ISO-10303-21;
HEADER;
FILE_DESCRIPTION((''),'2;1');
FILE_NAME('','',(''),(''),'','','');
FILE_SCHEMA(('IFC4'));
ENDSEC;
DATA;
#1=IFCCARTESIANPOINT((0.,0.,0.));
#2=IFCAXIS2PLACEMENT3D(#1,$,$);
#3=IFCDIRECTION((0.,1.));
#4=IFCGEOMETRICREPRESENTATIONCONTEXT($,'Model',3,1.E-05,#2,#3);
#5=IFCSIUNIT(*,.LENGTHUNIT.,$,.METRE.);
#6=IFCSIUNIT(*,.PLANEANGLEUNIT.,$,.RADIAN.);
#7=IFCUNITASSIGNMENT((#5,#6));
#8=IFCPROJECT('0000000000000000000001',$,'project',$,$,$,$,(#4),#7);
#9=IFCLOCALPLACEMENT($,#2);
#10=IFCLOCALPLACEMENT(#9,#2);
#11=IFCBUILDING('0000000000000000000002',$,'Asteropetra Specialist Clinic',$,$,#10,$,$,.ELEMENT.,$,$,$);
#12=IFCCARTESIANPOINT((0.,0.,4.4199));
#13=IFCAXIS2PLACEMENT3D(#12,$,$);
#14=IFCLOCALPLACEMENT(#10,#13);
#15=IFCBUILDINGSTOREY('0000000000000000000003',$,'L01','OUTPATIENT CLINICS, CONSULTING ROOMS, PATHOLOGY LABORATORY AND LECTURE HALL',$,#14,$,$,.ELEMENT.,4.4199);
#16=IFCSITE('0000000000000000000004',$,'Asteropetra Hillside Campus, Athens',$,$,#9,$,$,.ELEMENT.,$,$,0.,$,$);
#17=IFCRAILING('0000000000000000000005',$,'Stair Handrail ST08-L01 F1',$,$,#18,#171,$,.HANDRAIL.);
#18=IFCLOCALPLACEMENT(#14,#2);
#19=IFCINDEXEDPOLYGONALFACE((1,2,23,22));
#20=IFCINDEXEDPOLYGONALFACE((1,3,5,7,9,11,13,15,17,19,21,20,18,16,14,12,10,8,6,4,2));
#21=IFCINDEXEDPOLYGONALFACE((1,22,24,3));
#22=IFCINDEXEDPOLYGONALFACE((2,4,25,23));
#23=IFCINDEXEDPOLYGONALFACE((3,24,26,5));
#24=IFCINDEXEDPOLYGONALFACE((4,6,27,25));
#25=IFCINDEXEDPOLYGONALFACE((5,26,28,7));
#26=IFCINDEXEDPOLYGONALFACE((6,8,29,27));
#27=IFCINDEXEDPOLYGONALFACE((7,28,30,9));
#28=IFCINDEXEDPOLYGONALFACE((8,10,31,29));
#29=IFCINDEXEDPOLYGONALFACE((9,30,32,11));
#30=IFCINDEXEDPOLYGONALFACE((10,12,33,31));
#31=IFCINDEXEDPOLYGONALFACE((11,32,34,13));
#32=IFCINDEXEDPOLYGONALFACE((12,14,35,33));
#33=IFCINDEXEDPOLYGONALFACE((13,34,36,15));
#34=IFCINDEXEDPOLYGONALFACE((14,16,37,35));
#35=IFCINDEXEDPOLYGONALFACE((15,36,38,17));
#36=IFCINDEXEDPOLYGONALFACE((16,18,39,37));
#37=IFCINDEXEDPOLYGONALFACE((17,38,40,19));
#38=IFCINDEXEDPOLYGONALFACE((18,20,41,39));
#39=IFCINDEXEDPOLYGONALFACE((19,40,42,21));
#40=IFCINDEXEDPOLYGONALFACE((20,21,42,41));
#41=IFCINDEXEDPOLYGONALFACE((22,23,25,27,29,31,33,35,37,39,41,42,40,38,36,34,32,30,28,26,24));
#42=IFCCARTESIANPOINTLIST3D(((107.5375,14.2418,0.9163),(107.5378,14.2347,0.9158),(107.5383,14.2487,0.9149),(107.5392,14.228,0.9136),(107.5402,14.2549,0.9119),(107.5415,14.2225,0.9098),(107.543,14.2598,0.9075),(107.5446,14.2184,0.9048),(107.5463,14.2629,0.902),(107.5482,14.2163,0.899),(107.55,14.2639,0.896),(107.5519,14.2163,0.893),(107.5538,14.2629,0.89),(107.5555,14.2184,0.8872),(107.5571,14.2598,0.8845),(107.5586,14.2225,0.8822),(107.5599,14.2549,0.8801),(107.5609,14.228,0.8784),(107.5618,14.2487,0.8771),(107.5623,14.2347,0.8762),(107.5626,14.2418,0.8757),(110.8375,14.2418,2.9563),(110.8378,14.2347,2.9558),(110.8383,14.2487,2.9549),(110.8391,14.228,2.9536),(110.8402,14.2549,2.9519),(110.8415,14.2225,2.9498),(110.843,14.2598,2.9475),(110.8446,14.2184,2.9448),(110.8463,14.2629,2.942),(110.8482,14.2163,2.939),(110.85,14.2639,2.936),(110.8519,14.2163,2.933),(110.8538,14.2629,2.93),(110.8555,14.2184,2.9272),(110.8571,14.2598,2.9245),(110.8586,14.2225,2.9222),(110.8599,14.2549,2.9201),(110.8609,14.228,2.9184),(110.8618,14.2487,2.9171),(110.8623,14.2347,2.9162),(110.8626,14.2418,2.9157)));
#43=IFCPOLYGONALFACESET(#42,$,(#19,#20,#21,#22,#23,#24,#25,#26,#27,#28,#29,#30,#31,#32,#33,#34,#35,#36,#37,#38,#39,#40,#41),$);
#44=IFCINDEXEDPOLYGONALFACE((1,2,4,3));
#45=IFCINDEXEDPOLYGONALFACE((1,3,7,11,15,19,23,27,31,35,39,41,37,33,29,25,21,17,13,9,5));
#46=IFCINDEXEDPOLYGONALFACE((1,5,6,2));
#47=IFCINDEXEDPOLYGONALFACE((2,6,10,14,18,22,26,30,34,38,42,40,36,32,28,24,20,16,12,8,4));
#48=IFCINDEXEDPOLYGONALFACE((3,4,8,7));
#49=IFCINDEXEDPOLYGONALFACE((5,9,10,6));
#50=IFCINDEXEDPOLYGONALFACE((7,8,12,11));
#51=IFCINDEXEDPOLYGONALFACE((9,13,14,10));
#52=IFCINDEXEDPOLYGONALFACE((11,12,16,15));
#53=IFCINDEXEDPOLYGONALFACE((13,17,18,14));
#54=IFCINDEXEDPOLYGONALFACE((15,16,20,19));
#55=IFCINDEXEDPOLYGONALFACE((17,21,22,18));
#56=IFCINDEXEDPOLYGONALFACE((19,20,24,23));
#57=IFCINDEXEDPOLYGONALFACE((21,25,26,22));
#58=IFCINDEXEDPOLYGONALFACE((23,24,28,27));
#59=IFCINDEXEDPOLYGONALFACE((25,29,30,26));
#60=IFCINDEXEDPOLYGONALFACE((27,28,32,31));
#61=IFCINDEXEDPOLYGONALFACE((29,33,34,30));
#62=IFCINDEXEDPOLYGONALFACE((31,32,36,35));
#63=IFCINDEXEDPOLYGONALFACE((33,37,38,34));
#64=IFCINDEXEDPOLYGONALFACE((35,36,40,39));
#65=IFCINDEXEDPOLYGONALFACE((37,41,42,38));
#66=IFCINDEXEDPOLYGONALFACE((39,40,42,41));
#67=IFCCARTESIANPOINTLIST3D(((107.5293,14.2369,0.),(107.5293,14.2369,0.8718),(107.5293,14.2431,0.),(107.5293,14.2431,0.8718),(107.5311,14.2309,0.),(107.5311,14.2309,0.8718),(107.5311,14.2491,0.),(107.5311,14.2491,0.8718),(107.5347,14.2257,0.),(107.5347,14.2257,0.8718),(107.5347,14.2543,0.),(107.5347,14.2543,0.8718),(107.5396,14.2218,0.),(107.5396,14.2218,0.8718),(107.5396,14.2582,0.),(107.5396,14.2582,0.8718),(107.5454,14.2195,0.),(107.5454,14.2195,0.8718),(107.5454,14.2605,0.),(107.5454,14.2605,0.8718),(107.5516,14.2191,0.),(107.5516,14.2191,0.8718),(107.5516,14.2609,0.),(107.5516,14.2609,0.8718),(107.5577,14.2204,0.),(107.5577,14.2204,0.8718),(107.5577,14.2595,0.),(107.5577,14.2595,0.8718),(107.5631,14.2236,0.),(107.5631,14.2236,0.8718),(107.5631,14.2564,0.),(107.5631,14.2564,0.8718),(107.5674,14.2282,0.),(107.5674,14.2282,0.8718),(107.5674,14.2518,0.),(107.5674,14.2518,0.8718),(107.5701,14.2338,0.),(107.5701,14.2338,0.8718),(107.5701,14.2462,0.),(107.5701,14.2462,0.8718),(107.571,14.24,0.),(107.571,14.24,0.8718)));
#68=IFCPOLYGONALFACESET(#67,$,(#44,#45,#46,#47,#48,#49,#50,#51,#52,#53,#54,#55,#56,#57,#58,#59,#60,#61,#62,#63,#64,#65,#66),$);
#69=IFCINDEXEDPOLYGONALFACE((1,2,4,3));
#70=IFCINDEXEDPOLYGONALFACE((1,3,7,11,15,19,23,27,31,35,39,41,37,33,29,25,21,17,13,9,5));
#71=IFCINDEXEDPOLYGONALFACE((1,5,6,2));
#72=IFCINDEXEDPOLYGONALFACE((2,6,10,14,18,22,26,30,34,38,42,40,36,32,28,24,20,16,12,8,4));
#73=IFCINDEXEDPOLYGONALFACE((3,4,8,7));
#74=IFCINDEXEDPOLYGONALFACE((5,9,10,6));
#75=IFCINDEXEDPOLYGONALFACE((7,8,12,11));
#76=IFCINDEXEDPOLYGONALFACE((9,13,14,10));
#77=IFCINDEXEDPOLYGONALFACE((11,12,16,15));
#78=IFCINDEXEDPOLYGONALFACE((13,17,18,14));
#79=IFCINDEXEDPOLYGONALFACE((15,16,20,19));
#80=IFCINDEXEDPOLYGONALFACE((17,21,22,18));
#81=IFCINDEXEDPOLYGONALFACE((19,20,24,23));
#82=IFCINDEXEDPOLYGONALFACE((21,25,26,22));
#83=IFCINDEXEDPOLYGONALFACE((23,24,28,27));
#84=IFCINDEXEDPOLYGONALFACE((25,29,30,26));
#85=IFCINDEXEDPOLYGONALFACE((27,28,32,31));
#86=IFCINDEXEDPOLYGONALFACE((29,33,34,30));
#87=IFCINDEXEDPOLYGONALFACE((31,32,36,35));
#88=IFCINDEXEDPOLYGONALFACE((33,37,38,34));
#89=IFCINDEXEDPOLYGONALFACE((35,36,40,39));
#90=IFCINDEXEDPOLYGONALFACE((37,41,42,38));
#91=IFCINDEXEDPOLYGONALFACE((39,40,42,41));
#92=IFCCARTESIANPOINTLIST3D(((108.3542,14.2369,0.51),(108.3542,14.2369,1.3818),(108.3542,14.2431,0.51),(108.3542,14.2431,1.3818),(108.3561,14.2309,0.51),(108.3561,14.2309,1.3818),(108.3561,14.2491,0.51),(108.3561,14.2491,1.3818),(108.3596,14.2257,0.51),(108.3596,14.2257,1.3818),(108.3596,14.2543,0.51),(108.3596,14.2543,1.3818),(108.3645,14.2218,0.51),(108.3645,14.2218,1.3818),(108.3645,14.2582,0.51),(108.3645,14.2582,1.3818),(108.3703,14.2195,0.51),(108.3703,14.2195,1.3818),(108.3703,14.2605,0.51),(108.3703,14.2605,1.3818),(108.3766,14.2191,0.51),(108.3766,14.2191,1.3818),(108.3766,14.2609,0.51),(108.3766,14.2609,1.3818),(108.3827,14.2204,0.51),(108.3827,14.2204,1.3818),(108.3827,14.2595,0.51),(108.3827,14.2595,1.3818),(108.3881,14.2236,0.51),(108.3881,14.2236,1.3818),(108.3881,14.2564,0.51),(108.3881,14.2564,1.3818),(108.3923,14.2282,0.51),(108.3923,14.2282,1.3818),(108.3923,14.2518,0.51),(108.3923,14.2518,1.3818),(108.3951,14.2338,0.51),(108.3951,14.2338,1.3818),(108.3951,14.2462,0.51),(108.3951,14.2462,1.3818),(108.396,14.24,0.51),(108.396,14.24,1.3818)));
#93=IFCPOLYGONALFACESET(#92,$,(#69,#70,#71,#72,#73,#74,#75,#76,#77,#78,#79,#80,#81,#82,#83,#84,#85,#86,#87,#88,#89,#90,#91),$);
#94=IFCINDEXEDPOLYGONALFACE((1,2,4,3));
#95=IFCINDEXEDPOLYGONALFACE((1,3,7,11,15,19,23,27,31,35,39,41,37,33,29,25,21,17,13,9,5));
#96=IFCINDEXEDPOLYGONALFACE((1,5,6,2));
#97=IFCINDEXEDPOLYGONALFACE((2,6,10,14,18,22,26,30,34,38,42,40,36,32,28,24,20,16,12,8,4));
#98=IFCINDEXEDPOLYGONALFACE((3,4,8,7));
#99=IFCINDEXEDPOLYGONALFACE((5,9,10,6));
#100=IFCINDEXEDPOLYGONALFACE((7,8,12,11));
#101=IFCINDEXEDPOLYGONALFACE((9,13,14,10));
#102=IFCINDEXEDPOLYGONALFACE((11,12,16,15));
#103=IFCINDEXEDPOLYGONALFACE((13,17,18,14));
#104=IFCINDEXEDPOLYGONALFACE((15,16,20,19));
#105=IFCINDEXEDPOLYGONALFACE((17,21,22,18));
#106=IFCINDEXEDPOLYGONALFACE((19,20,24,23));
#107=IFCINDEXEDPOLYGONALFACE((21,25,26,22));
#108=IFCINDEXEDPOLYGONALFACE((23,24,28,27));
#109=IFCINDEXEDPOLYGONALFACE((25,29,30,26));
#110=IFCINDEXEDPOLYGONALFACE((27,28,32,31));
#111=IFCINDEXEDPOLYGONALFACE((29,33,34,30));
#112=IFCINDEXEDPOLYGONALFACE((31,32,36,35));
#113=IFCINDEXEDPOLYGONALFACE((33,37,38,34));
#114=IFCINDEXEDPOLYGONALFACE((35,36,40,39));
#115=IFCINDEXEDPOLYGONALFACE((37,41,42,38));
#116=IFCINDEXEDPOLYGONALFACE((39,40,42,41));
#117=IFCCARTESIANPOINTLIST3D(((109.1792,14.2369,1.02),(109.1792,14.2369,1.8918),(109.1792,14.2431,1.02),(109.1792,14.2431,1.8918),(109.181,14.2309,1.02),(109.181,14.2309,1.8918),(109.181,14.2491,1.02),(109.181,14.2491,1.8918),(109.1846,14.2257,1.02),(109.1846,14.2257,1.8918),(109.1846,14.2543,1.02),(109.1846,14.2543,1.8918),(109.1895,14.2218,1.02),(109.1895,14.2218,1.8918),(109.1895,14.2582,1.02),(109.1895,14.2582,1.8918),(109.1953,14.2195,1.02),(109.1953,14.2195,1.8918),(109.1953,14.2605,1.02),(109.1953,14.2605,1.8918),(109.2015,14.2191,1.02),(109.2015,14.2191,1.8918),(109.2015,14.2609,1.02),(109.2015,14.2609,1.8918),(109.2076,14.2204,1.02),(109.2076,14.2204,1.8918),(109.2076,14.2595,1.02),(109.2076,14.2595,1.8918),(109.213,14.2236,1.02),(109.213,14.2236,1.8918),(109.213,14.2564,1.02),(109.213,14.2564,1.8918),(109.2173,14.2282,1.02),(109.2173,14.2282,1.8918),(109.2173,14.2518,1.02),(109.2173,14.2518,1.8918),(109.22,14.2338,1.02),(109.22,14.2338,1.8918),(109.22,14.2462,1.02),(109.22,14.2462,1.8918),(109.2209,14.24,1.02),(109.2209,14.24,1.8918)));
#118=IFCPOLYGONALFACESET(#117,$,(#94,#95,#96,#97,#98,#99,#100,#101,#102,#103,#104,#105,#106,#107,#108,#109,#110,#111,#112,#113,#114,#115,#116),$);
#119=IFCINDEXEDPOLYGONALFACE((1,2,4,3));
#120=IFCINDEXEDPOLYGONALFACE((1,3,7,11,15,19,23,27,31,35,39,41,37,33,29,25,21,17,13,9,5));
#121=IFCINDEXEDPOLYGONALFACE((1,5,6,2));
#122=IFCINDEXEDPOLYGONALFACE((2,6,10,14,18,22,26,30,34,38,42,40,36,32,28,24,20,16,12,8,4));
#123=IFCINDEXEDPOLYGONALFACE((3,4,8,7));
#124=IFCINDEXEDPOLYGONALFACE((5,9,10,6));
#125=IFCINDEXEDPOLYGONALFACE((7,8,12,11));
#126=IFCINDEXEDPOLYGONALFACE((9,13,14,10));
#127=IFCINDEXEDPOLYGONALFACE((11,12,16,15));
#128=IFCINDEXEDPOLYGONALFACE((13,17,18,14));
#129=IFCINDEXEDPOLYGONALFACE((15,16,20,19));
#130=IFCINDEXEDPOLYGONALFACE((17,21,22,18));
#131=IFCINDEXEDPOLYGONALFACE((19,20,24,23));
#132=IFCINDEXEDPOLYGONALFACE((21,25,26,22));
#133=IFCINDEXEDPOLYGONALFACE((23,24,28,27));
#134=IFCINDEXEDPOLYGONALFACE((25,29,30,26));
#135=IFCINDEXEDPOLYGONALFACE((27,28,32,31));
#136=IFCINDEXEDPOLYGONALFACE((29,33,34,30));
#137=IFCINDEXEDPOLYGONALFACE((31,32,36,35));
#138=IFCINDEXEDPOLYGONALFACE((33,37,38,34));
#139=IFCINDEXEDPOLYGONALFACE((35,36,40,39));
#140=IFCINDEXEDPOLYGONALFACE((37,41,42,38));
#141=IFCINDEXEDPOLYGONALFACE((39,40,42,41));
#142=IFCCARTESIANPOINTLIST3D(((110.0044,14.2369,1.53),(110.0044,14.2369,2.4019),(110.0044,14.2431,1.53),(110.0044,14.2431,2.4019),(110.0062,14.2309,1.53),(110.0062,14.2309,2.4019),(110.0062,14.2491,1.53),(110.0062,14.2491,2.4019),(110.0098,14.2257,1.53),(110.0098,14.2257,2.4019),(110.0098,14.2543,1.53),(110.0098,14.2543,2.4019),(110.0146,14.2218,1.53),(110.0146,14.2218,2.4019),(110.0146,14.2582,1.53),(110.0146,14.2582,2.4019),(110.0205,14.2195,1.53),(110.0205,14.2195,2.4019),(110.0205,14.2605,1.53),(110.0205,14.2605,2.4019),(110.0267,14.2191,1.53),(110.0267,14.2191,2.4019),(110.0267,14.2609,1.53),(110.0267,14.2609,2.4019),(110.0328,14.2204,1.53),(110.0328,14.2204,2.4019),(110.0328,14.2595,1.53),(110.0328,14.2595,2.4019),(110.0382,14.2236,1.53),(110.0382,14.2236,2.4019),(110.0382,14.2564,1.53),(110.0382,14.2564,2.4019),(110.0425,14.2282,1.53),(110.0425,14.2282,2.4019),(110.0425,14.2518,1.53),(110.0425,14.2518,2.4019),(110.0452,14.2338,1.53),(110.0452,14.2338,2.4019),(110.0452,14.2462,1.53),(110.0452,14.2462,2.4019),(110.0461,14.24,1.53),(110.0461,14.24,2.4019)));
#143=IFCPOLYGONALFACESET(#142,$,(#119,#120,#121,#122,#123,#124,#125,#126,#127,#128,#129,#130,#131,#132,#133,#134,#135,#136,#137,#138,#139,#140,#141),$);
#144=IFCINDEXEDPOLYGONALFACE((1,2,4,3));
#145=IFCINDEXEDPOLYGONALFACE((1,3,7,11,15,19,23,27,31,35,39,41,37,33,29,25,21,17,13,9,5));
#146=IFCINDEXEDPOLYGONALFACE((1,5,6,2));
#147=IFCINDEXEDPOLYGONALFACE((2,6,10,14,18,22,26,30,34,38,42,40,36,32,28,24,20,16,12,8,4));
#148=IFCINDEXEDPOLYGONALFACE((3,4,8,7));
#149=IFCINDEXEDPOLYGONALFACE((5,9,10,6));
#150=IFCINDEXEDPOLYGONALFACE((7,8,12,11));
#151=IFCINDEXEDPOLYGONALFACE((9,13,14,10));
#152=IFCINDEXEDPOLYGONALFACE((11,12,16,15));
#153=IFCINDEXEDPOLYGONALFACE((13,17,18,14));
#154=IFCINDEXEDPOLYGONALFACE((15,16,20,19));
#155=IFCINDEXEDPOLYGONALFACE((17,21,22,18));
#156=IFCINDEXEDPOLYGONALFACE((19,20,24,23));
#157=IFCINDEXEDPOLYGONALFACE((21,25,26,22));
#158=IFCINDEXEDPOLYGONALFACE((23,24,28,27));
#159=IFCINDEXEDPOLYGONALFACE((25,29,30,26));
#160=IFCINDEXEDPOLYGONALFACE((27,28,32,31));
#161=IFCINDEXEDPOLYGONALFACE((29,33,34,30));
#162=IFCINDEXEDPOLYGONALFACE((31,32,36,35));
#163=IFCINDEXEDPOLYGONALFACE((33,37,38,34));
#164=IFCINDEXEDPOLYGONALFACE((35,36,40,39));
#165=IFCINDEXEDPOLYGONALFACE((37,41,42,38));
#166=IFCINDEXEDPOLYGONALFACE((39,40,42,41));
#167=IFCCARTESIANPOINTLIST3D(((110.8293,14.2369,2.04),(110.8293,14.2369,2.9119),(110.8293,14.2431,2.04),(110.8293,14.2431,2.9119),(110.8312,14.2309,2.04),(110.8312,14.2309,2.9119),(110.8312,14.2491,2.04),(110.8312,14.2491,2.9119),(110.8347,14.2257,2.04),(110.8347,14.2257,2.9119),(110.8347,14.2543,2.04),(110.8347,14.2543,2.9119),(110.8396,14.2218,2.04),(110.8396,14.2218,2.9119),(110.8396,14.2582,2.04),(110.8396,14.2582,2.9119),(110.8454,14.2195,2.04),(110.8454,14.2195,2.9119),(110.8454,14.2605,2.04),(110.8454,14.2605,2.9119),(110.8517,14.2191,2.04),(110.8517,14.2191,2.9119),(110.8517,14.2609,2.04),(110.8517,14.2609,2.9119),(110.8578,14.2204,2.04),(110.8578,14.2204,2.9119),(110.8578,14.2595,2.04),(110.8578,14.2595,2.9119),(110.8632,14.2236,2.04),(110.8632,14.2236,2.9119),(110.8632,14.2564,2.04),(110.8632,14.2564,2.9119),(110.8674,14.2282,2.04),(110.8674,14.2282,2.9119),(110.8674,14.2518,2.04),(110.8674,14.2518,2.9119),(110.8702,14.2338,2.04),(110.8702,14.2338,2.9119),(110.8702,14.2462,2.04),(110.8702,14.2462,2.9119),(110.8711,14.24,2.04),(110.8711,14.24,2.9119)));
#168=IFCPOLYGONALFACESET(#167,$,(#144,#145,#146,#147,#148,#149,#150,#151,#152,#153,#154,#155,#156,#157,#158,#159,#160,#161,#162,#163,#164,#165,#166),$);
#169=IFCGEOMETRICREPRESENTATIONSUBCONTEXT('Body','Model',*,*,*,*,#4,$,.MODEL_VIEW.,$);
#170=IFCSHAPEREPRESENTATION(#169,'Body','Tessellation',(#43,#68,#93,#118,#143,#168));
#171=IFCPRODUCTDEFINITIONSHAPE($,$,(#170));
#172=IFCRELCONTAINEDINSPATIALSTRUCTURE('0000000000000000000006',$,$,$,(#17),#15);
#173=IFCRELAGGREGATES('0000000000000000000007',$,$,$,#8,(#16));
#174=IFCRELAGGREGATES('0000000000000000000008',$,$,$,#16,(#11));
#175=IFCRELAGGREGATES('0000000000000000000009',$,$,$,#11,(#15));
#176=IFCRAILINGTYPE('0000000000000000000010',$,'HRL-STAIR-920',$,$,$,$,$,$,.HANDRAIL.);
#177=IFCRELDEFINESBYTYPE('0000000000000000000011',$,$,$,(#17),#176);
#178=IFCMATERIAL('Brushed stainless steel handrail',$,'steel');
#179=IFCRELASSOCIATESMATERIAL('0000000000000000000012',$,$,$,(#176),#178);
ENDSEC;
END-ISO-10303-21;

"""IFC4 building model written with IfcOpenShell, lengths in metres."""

from ifc_helpers import new_model, si_unit, direction, frame, origin, origin_2d, place, context, subcontext, project, spatial, circle, extrude, material, type_object, element, save


model = new_model("IFC4")

# Units and contexts
model_context = context("Model", 3, precision=1e-05, world=origin(), true_north=direction((0.0, 1.0)))
body_context = subcontext(model_context, "Body", "Model", "MODEL_VIEW")
ifc_project = project(units=[si_unit("LENGTHUNIT", "METRE"), si_unit("PLANEANGLEUNIT", "RADIAN")], contexts=[model_context])

# Site, building, storey
site_placement = place(None, origin())
site = spatial("IfcSite", under=ifc_project, at=site_placement, Name="Asteropetra Hillside Campus, Athens", CompositionType="ELEMENT", RefElevation=0.0)
building_placement = place(site_placement, origin())
building = spatial("IfcBuilding", under=site, at=building_placement, Name="Asteropetra Specialist Clinic", CompositionType="ELEMENT")
storey_placement = place(building_placement, frame((0.0, 0.0, 4.4199)))
storey = spatial("IfcBuildingStorey", under=building, at=storey_placement, Name="L01", Description="OUTPATIENT CLINICS, CONSULTING ROOMS, PATHOLOGY LABORATORY AND LECTURE HALL", CompositionType="ELEMENT", Elevation=4.4199)

# Railing
ifc_material_1 = material(Name="Brushed stainless steel handrail", Category="steel")
railing_type_1 = type_object("IfcRailingType", Name="HRL-STAIR-920", PredefinedType="HANDRAIL", material=ifc_material_1)
railing_1_placement = place(storey_placement, frame((107.55, 14.24, 0.0)))
element("IfcRailing", 1, at=railing_1_placement, inside=storey, type_object=railing_type_1, Name="Stair Handrail ST08-L01 F1", PredefinedType="HANDRAIL", context=body_context, shape_type="SweptSolid", body=[
    extrude(circle(Radius=0.0239, at=origin_2d()), frame((0.0, 0.0, 0.896), z_axis=(0.850594, 0.0, 0.525824), x_axis=(0.0, 1.0, 0.0)), (0.0, 0.0, 1.0), 3.8796),
    extrude(circle(Radius=0.021, at=origin_2d()), origin(), (0.0, 0.0, 1.0), 0.8718),
    extrude(circle(Radius=0.021, at=origin_2d()), frame((0.825, 0.0, 0.51)), (0.0, 0.0, 1.0), 0.8718),
    extrude(circle(Radius=0.021, at=origin_2d()), frame((1.6499, 0.0, 1.02)), (0.0, 0.0, 1.0), 0.8718),
    extrude(circle(Radius=0.021, at=origin_2d()), frame((2.4751, 0.0, 1.53)), (0.0, 0.0, 1.0), 0.8718),
    extrude(circle(Radius=0.021, at=origin_2d()), frame((3.3, 0.0, 2.04)), (0.0, 0.0, 1.0), 0.8718),
])

save(model, "model.ifc")
